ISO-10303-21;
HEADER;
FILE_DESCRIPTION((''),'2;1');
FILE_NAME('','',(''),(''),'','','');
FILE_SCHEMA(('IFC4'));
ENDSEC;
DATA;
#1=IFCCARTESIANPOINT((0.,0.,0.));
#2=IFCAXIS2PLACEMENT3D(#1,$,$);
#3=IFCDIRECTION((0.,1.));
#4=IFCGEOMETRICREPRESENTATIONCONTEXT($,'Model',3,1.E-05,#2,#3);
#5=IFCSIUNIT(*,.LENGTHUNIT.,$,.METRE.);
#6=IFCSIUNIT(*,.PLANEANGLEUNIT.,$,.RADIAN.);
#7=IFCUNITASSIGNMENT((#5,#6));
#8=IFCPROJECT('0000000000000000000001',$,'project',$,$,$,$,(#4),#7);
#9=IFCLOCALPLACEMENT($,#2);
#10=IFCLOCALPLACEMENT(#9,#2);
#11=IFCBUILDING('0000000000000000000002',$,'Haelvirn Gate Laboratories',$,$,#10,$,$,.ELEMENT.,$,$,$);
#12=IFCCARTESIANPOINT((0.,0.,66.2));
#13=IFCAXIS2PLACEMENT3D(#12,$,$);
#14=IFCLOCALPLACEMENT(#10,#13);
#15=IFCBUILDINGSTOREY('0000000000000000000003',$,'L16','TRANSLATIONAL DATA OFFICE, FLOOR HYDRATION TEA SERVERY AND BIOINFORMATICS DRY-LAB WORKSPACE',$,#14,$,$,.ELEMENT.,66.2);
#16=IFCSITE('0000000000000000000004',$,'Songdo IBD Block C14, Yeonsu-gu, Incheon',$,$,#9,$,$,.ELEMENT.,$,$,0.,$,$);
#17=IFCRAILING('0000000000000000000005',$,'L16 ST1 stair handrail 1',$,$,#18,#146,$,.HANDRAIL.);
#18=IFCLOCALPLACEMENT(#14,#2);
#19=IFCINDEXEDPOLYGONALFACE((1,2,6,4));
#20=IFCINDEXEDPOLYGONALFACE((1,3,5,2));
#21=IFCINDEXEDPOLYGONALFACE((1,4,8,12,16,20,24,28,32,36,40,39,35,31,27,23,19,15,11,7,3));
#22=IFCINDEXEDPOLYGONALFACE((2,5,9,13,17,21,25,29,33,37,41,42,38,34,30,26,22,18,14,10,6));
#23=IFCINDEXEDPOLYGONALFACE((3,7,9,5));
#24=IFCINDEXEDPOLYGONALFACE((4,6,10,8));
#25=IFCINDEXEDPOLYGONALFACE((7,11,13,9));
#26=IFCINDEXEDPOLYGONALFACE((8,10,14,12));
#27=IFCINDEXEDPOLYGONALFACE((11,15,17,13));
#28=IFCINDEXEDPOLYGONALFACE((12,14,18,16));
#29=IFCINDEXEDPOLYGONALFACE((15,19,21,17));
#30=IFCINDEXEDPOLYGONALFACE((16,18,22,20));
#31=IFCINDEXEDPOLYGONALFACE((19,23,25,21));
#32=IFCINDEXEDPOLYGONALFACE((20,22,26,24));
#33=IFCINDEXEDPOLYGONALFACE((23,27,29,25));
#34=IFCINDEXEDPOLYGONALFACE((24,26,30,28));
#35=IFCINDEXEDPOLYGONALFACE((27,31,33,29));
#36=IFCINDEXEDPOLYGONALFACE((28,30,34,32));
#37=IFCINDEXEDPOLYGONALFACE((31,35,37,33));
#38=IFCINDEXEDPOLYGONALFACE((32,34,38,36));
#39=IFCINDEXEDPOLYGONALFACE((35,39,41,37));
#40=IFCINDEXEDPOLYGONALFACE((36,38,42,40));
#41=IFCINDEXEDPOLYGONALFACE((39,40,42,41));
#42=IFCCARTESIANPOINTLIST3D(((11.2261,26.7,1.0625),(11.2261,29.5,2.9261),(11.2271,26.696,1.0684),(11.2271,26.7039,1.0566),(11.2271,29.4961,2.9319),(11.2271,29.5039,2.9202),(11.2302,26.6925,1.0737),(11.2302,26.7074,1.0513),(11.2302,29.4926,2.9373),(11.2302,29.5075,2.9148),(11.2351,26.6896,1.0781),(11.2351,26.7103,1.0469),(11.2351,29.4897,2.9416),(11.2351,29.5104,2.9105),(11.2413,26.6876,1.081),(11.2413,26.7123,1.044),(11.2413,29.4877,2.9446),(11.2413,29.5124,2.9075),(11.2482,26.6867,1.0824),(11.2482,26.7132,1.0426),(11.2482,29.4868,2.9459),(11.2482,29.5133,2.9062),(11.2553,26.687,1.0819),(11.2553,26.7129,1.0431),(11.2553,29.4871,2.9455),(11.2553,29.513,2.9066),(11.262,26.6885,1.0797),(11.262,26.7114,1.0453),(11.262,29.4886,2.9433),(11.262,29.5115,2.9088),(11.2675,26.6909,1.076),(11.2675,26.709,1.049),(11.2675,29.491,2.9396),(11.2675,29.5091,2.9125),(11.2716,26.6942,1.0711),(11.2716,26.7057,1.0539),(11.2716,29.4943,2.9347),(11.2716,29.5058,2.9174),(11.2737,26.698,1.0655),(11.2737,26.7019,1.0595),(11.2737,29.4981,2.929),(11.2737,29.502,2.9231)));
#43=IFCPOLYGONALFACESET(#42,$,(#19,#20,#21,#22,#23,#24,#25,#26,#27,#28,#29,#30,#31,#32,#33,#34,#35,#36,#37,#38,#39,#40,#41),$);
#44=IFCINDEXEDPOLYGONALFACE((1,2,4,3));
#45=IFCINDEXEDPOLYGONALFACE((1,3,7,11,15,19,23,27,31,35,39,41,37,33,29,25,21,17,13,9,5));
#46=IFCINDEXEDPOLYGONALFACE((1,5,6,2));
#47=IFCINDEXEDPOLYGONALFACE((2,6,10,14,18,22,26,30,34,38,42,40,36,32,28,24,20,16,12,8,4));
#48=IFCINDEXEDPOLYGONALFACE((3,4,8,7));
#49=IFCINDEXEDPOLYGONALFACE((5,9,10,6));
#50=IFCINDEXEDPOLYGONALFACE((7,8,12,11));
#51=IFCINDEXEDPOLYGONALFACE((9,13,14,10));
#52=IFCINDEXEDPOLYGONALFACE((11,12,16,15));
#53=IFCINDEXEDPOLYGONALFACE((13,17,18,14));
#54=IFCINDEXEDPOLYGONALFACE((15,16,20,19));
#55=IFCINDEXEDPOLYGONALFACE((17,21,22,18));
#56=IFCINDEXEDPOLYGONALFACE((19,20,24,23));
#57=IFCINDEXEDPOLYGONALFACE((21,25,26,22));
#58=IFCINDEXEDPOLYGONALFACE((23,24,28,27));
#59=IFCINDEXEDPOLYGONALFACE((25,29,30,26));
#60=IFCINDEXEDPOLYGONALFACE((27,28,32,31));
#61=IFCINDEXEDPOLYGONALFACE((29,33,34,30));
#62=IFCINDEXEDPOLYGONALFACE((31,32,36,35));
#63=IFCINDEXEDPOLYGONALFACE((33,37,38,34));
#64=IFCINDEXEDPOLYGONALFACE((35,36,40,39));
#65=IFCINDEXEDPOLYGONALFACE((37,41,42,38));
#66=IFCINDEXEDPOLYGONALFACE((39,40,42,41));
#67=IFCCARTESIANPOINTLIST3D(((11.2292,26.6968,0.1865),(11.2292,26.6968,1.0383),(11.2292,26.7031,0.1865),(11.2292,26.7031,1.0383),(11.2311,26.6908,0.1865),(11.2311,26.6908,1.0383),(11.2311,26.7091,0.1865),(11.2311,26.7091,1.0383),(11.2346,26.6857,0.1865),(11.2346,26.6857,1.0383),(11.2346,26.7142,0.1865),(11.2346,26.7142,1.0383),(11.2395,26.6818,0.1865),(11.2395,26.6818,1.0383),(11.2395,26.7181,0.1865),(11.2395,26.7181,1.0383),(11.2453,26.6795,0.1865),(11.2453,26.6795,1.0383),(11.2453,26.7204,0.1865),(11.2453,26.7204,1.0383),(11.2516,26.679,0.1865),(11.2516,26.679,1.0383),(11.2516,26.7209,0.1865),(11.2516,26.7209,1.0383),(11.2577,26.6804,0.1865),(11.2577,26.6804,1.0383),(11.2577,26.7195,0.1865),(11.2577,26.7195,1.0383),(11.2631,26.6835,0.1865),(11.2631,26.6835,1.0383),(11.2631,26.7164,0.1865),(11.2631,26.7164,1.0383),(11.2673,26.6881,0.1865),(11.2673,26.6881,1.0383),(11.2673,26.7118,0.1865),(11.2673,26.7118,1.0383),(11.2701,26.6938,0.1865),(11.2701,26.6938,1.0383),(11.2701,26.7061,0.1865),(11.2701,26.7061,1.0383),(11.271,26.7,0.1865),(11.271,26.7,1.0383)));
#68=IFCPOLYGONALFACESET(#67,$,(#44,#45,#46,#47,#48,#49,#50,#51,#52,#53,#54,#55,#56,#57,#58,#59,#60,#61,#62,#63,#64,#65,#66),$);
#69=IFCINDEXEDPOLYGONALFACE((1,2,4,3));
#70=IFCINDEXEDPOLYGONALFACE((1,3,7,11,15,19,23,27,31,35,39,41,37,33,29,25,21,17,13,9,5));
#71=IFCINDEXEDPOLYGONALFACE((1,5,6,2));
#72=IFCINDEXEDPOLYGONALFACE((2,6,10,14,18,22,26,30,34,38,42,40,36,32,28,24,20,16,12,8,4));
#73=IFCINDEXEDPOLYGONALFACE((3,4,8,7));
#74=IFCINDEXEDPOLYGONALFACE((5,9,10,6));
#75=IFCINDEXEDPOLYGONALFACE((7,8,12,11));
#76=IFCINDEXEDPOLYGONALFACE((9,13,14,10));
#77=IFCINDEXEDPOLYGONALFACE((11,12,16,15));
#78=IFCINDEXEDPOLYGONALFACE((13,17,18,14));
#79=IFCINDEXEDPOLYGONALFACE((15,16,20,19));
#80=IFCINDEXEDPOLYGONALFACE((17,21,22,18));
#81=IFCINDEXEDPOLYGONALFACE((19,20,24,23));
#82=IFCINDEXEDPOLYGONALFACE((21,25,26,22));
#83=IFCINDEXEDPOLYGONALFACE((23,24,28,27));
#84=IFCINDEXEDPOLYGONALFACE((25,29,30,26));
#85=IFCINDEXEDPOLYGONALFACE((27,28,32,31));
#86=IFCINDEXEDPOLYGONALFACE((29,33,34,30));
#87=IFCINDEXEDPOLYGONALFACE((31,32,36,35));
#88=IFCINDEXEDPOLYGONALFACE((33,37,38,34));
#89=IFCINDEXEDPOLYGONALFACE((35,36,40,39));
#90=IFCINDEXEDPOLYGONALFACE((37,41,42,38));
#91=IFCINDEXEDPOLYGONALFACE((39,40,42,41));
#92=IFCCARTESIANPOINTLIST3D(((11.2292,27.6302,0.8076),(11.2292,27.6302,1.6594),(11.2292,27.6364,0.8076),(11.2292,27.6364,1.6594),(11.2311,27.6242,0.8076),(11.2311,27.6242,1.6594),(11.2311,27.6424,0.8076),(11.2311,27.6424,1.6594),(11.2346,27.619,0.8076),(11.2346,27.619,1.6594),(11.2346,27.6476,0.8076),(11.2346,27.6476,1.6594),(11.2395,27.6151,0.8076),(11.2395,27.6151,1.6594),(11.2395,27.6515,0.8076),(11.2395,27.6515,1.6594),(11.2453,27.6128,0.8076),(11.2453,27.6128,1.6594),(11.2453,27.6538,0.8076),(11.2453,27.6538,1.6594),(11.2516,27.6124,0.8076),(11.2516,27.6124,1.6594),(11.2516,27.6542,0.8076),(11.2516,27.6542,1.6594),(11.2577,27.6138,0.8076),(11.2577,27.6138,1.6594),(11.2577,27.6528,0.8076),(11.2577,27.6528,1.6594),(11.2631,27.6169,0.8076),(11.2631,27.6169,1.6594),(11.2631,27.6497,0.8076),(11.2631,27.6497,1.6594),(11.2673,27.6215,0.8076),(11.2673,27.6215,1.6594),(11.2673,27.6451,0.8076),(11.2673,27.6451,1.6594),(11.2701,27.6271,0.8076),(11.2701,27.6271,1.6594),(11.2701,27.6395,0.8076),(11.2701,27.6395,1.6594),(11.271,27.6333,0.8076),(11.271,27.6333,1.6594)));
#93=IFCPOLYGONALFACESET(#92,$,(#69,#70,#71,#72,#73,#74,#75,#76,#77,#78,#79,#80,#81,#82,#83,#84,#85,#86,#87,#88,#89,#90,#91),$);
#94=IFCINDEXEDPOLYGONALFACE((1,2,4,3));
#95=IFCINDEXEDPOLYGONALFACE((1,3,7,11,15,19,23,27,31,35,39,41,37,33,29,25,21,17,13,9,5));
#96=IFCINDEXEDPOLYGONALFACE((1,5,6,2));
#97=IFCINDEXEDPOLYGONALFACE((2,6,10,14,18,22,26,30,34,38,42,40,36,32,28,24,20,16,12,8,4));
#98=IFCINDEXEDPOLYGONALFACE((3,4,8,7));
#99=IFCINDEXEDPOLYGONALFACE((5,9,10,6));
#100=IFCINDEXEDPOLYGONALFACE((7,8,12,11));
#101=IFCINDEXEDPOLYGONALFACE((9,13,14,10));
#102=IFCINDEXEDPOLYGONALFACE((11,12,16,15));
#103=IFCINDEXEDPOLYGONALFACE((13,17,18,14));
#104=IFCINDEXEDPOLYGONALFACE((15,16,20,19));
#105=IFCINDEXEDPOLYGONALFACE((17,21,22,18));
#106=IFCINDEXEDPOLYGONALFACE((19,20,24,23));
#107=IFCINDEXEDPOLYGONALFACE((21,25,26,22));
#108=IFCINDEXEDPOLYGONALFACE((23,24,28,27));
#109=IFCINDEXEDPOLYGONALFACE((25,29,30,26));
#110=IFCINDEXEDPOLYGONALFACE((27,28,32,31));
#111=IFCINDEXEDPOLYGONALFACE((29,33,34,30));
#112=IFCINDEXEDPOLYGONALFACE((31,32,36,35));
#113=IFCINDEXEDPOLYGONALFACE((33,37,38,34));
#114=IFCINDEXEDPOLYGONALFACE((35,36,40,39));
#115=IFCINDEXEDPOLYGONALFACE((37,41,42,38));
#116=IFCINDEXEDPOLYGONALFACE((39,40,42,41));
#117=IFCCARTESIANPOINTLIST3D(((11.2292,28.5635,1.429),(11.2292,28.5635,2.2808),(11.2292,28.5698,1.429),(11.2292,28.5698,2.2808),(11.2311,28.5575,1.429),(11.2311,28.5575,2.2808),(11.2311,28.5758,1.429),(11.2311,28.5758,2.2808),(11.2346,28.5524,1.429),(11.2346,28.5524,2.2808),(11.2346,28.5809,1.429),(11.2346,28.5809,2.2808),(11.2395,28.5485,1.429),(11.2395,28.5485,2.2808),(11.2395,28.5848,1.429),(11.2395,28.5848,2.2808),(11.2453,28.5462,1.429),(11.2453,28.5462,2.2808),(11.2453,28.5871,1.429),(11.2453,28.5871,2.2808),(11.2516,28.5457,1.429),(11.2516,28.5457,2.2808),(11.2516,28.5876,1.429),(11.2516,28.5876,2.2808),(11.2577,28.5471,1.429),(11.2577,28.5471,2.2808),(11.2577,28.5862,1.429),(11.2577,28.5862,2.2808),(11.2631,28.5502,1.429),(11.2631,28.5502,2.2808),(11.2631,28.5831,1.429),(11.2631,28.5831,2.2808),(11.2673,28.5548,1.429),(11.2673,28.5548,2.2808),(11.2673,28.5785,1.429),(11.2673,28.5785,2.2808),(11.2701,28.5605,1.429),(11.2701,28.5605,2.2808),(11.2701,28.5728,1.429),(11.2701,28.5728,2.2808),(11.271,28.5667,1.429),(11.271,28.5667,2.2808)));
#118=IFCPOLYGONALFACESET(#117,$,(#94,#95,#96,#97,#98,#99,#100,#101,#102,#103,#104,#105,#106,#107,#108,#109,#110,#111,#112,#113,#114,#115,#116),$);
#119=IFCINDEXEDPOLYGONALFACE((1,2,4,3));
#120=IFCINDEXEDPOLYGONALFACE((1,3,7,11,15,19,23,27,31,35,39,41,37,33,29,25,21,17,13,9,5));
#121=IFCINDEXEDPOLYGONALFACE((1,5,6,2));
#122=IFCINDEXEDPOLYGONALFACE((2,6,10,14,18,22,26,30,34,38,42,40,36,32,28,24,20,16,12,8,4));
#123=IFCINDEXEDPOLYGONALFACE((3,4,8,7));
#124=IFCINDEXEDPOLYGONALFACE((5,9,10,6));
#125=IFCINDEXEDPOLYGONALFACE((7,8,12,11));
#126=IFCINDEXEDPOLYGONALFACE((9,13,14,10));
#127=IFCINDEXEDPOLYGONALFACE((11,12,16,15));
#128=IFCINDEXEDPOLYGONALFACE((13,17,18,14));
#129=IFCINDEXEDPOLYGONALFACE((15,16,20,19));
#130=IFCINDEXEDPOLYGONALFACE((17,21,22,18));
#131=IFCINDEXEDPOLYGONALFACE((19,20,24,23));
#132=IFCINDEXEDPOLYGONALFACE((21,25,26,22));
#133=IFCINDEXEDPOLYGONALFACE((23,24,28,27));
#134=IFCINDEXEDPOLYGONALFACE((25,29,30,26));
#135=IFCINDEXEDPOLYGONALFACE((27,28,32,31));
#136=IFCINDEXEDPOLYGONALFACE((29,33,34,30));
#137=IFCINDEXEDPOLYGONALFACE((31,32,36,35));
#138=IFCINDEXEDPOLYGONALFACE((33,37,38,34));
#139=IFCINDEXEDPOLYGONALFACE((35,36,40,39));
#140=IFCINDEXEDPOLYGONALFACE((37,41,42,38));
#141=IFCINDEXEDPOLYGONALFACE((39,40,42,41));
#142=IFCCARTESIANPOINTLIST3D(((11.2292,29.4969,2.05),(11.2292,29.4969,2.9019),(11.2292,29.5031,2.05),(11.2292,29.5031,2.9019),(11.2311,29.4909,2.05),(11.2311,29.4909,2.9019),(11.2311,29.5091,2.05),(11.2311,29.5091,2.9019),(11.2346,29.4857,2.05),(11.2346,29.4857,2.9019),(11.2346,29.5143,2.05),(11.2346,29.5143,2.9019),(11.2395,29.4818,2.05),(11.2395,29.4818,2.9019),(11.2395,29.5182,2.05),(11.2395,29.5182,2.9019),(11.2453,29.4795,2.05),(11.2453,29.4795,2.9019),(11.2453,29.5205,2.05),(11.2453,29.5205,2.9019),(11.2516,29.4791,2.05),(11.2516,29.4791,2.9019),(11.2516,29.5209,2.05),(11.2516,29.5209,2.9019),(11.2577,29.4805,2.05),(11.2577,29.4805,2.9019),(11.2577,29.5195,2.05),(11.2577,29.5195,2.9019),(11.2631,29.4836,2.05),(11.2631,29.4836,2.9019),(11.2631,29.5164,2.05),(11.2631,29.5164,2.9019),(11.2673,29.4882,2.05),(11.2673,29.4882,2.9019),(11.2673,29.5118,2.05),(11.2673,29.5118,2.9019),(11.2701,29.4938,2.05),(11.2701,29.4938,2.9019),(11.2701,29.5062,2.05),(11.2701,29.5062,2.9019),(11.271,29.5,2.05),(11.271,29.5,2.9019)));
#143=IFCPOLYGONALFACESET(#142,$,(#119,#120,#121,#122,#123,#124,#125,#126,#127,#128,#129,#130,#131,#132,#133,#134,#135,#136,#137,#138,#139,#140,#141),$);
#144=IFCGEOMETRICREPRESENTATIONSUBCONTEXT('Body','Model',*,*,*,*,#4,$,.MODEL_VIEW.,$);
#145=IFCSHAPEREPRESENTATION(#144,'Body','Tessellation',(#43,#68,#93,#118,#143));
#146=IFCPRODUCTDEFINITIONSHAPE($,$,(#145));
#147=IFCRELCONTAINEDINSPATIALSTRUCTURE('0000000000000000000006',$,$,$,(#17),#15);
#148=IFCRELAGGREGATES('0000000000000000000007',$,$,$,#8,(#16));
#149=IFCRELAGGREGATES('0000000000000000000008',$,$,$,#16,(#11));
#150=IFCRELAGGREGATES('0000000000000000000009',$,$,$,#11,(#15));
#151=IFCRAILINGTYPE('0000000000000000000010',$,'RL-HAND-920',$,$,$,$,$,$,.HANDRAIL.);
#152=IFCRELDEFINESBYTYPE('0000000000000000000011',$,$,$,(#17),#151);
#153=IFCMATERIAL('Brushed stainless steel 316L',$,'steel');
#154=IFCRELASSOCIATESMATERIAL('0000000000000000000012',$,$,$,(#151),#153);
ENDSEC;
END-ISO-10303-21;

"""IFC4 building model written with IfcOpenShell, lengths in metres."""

from ifc_helpers import new_model, si_unit, direction, frame, origin, origin_2d, place, context, subcontext, project, spatial, circle, extrude, source, transform, mapped, material, type_object, element, save


model = new_model("IFC4")

# Units and contexts
model_context = context("Model", 3, precision=1e-05, world=origin(), true_north=direction((0.0, 1.0)))
body_context = subcontext(model_context, "Body", "Model", "MODEL_VIEW")
ifc_project = project(units=[si_unit("LENGTHUNIT", "METRE"), si_unit("PLANEANGLEUNIT", "RADIAN")], contexts=[model_context])

# Site, building, storey
site_placement = place(None, origin())
site = spatial("IfcSite", under=ifc_project, at=site_placement, Name="Songdo IBD Block C14, Yeonsu-gu, Incheon", CompositionType="ELEMENT", RefElevation=0.0)
building_placement = place(site_placement, origin())
building = spatial("IfcBuilding", under=site, at=building_placement, Name="Haelvirn Gate Laboratories", CompositionType="ELEMENT")
storey_placement = place(building_placement, frame((0.0, 0.0, 66.2)))
storey = spatial("IfcBuildingStorey", under=building, at=storey_placement, Name="L16", Description="TRANSLATIONAL DATA OFFICE, FLOOR HYDRATION TEA SERVERY AND BIOINFORMATICS DRY-LAB WORKSPACE", CompositionType="ELEMENT", Elevation=66.2)

# Railing
ifc_material_1 = material(Name="Brushed stainless steel 316L", Category="steel")
railing_type_1 = type_object("IfcRailingType", Name="RL-HAND-920", PredefinedType="HANDRAIL", material=ifc_material_1)
shared_shape_1 = source(origin(), body_context, "Body", "SweptSolid", [
    extrude(circle(Radius=0.0239, at=origin_2d()), frame((0.0, 0.0, 0.876), z_axis=(0.0, 0.832486, 0.554047), x_axis=(-1.0, 0.0, 0.0)), (0.0, 0.0, 1.0), 3.3635),
    extrude(circle(Radius=0.021, at=origin_2d()), origin(), (0.0, 0.0, 1.0), 0.8518),
    extrude(circle(Radius=0.021, at=origin_2d()), frame((0.0, 0.9333, 0.6211)), (0.0, 0.0, 1.0), 0.8518),
    extrude(circle(Radius=0.021, at=origin_2d()), frame((0.0, 1.8667, 1.2424)), (0.0, 0.0, 1.0), 0.8518),
    extrude(circle(Radius=0.021, at=origin_2d()), frame((0.0, 2.8, 1.8635)), (0.0, 0.0, 1.0), 0.8518),
])
railing_1_placement = place(storey_placement, frame((11.25, 26.7, 0.1865)))
element("IfcRailing", 1, at=railing_1_placement, inside=storey, type_object=railing_type_1, Name="L16 ST1 stair handrail 1", PredefinedType="HANDRAIL", context=body_context, shape_type="MappedRepresentation", body=[
    mapped(shared_shape_1, transform((0.0, 0.0, 0.0), scale=1.0)),
])

save(model, "model.ifc")
